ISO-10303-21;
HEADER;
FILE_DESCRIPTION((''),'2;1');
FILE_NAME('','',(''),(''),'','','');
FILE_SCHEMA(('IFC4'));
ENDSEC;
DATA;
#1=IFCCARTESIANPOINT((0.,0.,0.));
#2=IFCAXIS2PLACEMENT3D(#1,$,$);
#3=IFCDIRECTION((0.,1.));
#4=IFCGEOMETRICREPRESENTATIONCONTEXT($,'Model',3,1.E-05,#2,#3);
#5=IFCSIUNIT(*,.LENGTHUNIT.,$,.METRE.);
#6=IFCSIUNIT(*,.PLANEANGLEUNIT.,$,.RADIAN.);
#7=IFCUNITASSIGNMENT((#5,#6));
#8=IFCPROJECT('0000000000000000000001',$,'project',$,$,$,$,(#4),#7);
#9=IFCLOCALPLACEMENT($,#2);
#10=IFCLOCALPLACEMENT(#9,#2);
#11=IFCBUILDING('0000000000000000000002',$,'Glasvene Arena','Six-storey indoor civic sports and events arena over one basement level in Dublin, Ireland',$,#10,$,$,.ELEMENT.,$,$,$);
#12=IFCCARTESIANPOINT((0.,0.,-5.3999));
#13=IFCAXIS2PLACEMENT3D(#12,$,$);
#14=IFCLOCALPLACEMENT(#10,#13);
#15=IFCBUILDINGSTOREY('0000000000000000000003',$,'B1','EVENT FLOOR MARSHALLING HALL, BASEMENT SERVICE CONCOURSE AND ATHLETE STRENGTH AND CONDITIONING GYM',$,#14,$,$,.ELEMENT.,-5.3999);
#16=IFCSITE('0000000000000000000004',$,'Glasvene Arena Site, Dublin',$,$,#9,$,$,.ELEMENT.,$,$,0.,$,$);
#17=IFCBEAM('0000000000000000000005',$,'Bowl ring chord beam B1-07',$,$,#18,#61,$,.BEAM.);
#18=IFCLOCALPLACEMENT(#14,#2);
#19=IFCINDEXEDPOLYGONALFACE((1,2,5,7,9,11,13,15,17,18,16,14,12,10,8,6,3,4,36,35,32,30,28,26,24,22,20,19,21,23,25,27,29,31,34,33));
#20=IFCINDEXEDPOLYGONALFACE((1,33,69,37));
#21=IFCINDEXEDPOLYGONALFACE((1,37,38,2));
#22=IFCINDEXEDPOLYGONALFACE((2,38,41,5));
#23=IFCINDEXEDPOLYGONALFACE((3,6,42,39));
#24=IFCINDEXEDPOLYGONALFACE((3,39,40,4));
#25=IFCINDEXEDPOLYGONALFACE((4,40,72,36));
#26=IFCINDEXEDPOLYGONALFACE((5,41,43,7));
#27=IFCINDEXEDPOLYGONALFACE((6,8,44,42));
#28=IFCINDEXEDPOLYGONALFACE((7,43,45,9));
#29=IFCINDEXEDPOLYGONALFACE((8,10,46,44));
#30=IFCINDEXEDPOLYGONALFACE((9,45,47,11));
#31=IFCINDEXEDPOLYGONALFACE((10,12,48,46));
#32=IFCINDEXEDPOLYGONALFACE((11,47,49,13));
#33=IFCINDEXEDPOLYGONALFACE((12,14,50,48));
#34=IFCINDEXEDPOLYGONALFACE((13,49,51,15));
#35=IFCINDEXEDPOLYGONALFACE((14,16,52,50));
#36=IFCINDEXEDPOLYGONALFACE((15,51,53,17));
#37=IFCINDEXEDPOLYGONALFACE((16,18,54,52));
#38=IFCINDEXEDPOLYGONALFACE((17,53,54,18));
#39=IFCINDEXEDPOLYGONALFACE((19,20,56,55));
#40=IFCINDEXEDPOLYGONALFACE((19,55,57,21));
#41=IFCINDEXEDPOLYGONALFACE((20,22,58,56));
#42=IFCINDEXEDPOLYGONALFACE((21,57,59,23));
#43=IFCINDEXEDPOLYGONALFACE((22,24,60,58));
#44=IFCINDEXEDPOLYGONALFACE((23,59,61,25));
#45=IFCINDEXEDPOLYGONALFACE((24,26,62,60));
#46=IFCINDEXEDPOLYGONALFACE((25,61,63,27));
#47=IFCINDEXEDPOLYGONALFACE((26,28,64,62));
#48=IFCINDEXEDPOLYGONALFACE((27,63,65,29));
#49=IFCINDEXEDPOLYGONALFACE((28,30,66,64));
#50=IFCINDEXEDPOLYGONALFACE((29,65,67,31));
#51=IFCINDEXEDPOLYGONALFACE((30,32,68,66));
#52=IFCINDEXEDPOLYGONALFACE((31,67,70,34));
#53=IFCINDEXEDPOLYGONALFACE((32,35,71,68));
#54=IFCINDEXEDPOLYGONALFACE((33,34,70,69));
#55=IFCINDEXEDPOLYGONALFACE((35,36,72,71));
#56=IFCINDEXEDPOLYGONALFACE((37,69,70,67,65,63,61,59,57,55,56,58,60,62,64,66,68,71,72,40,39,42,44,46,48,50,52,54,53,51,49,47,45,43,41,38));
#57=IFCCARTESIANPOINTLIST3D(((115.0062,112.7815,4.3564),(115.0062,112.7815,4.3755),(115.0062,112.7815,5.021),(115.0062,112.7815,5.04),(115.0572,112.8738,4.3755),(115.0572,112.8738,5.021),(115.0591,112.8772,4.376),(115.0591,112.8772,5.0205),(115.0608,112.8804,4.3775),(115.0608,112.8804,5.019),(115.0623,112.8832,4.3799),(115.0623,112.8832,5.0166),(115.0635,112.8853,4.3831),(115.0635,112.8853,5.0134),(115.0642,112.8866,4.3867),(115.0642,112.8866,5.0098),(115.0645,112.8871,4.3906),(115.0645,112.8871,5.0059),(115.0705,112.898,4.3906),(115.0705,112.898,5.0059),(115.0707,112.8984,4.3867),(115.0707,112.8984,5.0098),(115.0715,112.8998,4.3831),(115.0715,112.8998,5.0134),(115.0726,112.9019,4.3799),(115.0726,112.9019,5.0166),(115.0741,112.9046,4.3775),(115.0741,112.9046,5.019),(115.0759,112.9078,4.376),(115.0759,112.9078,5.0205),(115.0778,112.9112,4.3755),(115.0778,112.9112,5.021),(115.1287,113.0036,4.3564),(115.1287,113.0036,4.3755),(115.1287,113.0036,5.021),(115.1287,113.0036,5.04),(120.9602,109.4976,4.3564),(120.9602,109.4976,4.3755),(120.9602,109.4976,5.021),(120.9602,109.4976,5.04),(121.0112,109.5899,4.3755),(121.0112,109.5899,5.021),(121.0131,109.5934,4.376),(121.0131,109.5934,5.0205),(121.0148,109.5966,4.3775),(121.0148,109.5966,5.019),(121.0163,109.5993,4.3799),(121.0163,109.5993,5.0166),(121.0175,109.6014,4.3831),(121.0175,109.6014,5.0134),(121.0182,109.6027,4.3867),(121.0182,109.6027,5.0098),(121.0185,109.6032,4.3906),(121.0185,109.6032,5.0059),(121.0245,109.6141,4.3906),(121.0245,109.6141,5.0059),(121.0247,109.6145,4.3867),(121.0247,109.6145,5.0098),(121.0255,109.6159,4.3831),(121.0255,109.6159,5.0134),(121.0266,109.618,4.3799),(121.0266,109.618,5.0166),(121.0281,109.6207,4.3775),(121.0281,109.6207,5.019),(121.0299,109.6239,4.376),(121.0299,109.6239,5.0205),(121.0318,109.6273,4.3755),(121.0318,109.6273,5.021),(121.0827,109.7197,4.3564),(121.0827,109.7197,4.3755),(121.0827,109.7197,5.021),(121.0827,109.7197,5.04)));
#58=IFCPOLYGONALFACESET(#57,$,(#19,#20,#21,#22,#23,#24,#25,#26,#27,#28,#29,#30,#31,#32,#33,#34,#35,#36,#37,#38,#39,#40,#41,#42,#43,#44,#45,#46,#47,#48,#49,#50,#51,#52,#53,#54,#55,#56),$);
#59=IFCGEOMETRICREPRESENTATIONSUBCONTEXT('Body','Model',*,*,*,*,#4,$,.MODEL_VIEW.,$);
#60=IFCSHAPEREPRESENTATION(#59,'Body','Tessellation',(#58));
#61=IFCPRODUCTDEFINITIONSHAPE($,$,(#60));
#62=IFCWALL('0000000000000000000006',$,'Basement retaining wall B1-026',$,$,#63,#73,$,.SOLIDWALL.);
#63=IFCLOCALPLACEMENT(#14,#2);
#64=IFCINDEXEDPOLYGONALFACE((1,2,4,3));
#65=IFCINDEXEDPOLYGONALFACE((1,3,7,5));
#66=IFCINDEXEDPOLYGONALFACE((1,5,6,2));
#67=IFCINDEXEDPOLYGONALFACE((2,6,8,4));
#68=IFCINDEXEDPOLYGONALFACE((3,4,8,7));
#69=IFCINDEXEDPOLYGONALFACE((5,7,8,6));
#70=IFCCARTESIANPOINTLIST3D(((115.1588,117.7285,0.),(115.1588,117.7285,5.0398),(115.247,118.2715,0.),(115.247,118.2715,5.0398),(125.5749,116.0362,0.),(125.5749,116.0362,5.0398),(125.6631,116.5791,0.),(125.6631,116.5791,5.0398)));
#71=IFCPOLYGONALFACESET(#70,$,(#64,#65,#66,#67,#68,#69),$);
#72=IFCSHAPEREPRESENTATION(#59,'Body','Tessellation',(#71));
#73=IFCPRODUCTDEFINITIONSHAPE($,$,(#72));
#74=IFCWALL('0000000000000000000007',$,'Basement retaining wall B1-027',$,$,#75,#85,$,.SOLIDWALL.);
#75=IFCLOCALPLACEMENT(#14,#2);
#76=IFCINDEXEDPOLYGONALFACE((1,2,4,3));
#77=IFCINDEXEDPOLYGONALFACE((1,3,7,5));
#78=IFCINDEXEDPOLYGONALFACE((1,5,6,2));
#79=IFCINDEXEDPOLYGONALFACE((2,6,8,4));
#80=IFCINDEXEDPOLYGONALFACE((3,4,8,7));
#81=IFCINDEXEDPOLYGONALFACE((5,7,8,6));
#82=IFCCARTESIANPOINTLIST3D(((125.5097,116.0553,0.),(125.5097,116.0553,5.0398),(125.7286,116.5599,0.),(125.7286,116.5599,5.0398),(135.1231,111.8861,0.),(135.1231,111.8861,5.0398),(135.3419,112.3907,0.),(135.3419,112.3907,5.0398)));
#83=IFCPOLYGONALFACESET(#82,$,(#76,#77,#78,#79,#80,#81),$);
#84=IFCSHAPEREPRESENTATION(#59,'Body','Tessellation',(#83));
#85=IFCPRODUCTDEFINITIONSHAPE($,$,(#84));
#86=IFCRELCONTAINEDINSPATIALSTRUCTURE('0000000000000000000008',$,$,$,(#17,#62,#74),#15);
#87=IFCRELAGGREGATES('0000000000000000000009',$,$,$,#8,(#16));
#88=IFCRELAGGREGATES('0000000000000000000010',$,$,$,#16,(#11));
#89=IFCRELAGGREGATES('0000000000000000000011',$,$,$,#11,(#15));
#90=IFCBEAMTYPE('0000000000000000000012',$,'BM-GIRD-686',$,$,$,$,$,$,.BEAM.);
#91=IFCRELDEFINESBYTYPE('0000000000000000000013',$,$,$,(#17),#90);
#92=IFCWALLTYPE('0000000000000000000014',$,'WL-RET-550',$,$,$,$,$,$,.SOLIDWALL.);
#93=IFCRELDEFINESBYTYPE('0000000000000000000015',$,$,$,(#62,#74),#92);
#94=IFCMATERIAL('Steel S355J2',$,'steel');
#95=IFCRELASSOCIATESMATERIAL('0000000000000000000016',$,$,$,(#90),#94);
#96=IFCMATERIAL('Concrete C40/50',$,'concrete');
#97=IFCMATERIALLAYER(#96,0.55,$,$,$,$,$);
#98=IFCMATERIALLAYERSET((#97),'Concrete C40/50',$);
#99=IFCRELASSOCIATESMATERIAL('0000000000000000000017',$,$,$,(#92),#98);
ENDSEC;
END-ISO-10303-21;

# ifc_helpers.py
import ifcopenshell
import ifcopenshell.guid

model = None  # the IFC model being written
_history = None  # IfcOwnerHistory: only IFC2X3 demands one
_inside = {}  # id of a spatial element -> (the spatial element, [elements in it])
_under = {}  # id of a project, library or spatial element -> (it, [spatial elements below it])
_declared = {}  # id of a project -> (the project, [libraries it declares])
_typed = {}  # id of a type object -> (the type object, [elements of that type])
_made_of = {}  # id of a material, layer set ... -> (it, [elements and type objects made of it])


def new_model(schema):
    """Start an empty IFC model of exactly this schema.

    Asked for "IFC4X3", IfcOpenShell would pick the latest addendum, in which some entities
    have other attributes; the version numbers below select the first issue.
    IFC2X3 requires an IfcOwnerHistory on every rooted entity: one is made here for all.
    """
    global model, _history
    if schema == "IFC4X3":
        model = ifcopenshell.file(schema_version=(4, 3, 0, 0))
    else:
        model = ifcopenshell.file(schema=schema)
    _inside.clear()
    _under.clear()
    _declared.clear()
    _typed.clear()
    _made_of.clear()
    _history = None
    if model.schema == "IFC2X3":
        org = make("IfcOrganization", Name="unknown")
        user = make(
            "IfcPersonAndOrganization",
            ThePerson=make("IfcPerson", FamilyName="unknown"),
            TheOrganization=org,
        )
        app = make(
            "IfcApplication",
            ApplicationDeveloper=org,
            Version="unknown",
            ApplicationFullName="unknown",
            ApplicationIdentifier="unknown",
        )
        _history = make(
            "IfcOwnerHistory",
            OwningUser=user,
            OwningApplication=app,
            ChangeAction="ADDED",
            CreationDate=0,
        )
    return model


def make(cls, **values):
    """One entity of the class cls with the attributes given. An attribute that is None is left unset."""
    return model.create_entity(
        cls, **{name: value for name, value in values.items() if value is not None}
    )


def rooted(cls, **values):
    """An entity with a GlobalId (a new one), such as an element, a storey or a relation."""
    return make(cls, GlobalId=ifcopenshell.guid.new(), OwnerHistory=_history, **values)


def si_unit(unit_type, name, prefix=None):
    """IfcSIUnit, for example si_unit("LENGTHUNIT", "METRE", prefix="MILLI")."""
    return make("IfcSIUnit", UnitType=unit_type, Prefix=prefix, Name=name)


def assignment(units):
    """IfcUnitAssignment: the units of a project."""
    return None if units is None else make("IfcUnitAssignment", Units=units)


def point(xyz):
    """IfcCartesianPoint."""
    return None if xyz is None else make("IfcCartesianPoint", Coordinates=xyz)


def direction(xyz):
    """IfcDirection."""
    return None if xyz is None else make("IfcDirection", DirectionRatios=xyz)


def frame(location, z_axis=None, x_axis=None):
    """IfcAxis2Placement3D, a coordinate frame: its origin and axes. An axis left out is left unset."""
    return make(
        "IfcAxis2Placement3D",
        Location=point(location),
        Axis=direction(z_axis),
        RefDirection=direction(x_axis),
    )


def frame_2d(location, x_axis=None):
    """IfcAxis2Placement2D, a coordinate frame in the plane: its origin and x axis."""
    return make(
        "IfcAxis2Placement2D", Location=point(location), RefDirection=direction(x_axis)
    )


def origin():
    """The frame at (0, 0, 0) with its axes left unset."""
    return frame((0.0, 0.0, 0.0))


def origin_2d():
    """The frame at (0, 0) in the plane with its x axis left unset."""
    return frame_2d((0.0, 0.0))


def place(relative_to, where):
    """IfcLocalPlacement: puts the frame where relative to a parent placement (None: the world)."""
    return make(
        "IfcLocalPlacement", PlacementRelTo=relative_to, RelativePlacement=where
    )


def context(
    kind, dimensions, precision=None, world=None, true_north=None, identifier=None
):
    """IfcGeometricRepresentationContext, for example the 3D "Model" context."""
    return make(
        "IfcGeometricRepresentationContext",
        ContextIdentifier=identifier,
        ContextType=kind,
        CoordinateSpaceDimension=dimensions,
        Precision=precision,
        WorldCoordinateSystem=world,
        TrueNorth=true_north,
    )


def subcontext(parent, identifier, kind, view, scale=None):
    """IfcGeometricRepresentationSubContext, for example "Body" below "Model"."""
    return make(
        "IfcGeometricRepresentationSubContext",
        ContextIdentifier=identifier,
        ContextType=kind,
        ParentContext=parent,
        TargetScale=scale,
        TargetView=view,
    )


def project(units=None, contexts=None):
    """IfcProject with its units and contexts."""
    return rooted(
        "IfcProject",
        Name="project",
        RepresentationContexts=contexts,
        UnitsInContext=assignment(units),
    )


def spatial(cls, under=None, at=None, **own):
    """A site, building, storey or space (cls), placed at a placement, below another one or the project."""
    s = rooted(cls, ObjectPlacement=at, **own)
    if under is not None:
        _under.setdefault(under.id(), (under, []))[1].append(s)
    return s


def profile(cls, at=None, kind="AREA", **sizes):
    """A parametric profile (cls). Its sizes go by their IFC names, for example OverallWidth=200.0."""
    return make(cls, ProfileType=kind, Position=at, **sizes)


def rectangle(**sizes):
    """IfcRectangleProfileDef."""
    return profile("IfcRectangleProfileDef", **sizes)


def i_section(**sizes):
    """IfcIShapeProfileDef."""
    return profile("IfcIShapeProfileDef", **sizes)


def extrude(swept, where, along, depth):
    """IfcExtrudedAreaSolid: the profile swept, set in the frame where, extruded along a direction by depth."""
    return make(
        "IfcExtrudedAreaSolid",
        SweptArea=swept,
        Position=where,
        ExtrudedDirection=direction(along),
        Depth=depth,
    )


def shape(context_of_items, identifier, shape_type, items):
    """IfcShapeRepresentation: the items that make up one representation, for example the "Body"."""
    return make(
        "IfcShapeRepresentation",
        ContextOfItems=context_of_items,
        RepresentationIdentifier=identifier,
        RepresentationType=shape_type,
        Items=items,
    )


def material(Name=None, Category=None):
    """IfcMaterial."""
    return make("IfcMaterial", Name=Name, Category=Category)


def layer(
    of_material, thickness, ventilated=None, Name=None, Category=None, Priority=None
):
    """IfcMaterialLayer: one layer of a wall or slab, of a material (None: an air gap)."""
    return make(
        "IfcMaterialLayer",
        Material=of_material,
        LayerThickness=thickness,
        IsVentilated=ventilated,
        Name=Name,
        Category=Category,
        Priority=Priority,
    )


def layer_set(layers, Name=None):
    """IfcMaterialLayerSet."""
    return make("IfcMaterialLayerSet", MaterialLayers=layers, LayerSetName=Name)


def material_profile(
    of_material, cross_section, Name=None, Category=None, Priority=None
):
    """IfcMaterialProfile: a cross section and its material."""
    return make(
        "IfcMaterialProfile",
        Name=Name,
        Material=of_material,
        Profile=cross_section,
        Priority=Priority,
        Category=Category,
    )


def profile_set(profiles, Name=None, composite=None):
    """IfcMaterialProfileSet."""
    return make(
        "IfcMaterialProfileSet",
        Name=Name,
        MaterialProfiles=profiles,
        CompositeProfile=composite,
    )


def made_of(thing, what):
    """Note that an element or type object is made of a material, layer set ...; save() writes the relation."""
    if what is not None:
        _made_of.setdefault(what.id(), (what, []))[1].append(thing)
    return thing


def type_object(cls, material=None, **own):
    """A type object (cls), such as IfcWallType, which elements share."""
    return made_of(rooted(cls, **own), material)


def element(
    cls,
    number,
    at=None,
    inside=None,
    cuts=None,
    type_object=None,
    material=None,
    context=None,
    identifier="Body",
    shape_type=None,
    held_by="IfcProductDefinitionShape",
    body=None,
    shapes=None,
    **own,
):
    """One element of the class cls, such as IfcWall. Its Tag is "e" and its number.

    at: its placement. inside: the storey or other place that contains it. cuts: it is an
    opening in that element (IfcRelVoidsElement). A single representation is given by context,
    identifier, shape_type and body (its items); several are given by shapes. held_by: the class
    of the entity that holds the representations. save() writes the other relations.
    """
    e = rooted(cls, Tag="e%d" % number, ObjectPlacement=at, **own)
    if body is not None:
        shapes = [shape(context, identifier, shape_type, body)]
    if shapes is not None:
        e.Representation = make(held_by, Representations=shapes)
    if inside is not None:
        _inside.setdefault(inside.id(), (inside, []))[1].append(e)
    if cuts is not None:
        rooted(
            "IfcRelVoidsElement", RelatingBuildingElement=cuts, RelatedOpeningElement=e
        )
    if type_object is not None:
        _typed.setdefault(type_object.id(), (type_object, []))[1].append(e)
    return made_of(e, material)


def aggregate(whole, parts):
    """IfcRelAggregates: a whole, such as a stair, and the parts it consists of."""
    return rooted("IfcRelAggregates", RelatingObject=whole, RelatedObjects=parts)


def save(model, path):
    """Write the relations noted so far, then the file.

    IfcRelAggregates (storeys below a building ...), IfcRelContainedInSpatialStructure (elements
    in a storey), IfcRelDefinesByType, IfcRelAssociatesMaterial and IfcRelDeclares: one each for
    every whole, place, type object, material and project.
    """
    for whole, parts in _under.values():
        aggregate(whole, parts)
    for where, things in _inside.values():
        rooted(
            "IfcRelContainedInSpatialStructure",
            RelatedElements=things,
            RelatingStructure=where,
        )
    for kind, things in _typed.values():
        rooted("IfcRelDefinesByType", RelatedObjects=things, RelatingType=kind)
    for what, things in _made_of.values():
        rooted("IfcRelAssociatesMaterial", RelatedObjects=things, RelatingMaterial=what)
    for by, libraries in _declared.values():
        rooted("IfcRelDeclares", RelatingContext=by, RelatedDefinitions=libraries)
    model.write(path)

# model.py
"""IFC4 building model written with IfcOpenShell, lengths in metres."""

from ifc_helpers import new_model, si_unit, direction, frame, frame_2d, origin, origin_2d, place, context, subcontext, project, spatial, rectangle, i_section, extrude, material, layer, layer_set, material_profile, profile_set, type_object, element, save


model = new_model("IFC4")

# Units and contexts
model_context = context("Model", 3, precision=1e-05, world=origin(), true_north=direction((0.0, 1.0)))
body_context = subcontext(model_context, "Body", "Model", "MODEL_VIEW")
ifc_project = project(units=[si_unit("LENGTHUNIT", "METRE"), si_unit("PLANEANGLEUNIT", "RADIAN")], contexts=[model_context])

# Site, building, storey
site_placement = place(None, origin())
site = spatial("IfcSite", under=ifc_project, at=site_placement, Name="Glasvene Arena Site, Dublin", CompositionType="ELEMENT", RefElevation=0.0)
building_placement = place(site_placement, origin())
building = spatial("IfcBuilding", under=site, at=building_placement, Name="Glasvene Arena", Description="Six-storey indoor civic sports and events arena over one basement level in Dublin, Ireland", CompositionType="ELEMENT")
storey_placement = place(building_placement, frame((0.0, 0.0, -5.3999)))
storey = spatial("IfcBuildingStorey", under=building, at=storey_placement, Name="B1", Description="EVENT FLOOR MARSHALLING HALL, BASEMENT SERVICE CONCOURSE AND ATHLETE STRENGTH AND CONDITIONING GYM", CompositionType="ELEMENT", Elevation=-5.3999)

# Shared definitions
ifc_material_1 = material(Name="Concrete C40/50", Category="concrete")

# Shared definitions
ifc_material_2 = material(Name="Steel S355J2", Category="steel")

# Beam
ifc_material_profile_1 = material_profile(ifc_material_2, i_section(OverallWidth=0.2537, OverallDepth=0.6836, WebThickness=0.0125, FlangeThickness=0.019, FilletRadius=0.0151, at=origin_2d()), Name="UKB 686x254x140")
ifc_profile_set_1 = profile_set([ifc_material_profile_1], Name="Steel S355J2")
beam_type = type_object("IfcBeamType", Name="BM-GIRD-686", PredefinedType="BEAM", material=ifc_profile_set_1)
beam_placement = place(storey_placement, frame((121.0215, 109.6086, 4.6982), z_axis=(-0.875645, 0.482955, 0.0), x_axis=(-0.482955, -0.875645, 0.0)))
element("IfcBeam", 1, at=beam_placement, inside=storey, type_object=beam_type, Name="Bowl ring chord beam B1-07", PredefinedType="BEAM", context=body_context, shape_type="SweptSolid", body=[
    extrude(i_section(OverallWidth=0.2537, OverallDepth=0.6836, WebThickness=0.0125, FlangeThickness=0.019, FilletRadius=0.0151, at=origin_2d()), origin(), (0.0, 0.0, 1.0), 6.7996),
])

# Walls
ifc_layer = layer(ifc_material_1, 0.55)
ifc_layer_set = layer_set([ifc_layer], Name="Concrete C40/50")
wall_type = type_object("IfcWallType", Name="WL-RET-550", PredefinedType="SOLIDWALL", material=ifc_layer_set)
wall_1_placement = place(storey_placement, frame((115.2029, 118.0, 0.0), z_axis=(0.0, 0.0, 1.0), x_axis=(0.987057, -0.160372, 0.0)))
element("IfcWall", 2, at=wall_1_placement, inside=storey, type_object=wall_type, Name="Basement retaining wall B1-026", PredefinedType="SOLIDWALL", context=body_context, shape_type="SweptSolid", body=[
    extrude(rectangle(XDim=10.5527, YDim=0.55, at=frame_2d((5.2764, 0.0))), origin(), (0.0, 0.0, 1.0), 5.0398),
])
wall_2_placement = place(storey_placement, frame((125.6191, 116.3076, 0.0), z_axis=(0.0, 0.0, 1.0), x_axis=(0.917436, -0.397883, 0.0)))
element("IfcWall", 3, at=wall_2_placement, inside=storey, type_object=wall_type, Name="Basement retaining wall B1-027", PredefinedType="SOLIDWALL", context=body_context, shape_type="SweptSolid", body=[
    extrude(rectangle(XDim=10.4785, YDim=0.55, at=frame_2d((5.2393, 0.0))), origin(), (0.0, 0.0, 1.0), 5.0398),
])

save(model, "model.ifc")
